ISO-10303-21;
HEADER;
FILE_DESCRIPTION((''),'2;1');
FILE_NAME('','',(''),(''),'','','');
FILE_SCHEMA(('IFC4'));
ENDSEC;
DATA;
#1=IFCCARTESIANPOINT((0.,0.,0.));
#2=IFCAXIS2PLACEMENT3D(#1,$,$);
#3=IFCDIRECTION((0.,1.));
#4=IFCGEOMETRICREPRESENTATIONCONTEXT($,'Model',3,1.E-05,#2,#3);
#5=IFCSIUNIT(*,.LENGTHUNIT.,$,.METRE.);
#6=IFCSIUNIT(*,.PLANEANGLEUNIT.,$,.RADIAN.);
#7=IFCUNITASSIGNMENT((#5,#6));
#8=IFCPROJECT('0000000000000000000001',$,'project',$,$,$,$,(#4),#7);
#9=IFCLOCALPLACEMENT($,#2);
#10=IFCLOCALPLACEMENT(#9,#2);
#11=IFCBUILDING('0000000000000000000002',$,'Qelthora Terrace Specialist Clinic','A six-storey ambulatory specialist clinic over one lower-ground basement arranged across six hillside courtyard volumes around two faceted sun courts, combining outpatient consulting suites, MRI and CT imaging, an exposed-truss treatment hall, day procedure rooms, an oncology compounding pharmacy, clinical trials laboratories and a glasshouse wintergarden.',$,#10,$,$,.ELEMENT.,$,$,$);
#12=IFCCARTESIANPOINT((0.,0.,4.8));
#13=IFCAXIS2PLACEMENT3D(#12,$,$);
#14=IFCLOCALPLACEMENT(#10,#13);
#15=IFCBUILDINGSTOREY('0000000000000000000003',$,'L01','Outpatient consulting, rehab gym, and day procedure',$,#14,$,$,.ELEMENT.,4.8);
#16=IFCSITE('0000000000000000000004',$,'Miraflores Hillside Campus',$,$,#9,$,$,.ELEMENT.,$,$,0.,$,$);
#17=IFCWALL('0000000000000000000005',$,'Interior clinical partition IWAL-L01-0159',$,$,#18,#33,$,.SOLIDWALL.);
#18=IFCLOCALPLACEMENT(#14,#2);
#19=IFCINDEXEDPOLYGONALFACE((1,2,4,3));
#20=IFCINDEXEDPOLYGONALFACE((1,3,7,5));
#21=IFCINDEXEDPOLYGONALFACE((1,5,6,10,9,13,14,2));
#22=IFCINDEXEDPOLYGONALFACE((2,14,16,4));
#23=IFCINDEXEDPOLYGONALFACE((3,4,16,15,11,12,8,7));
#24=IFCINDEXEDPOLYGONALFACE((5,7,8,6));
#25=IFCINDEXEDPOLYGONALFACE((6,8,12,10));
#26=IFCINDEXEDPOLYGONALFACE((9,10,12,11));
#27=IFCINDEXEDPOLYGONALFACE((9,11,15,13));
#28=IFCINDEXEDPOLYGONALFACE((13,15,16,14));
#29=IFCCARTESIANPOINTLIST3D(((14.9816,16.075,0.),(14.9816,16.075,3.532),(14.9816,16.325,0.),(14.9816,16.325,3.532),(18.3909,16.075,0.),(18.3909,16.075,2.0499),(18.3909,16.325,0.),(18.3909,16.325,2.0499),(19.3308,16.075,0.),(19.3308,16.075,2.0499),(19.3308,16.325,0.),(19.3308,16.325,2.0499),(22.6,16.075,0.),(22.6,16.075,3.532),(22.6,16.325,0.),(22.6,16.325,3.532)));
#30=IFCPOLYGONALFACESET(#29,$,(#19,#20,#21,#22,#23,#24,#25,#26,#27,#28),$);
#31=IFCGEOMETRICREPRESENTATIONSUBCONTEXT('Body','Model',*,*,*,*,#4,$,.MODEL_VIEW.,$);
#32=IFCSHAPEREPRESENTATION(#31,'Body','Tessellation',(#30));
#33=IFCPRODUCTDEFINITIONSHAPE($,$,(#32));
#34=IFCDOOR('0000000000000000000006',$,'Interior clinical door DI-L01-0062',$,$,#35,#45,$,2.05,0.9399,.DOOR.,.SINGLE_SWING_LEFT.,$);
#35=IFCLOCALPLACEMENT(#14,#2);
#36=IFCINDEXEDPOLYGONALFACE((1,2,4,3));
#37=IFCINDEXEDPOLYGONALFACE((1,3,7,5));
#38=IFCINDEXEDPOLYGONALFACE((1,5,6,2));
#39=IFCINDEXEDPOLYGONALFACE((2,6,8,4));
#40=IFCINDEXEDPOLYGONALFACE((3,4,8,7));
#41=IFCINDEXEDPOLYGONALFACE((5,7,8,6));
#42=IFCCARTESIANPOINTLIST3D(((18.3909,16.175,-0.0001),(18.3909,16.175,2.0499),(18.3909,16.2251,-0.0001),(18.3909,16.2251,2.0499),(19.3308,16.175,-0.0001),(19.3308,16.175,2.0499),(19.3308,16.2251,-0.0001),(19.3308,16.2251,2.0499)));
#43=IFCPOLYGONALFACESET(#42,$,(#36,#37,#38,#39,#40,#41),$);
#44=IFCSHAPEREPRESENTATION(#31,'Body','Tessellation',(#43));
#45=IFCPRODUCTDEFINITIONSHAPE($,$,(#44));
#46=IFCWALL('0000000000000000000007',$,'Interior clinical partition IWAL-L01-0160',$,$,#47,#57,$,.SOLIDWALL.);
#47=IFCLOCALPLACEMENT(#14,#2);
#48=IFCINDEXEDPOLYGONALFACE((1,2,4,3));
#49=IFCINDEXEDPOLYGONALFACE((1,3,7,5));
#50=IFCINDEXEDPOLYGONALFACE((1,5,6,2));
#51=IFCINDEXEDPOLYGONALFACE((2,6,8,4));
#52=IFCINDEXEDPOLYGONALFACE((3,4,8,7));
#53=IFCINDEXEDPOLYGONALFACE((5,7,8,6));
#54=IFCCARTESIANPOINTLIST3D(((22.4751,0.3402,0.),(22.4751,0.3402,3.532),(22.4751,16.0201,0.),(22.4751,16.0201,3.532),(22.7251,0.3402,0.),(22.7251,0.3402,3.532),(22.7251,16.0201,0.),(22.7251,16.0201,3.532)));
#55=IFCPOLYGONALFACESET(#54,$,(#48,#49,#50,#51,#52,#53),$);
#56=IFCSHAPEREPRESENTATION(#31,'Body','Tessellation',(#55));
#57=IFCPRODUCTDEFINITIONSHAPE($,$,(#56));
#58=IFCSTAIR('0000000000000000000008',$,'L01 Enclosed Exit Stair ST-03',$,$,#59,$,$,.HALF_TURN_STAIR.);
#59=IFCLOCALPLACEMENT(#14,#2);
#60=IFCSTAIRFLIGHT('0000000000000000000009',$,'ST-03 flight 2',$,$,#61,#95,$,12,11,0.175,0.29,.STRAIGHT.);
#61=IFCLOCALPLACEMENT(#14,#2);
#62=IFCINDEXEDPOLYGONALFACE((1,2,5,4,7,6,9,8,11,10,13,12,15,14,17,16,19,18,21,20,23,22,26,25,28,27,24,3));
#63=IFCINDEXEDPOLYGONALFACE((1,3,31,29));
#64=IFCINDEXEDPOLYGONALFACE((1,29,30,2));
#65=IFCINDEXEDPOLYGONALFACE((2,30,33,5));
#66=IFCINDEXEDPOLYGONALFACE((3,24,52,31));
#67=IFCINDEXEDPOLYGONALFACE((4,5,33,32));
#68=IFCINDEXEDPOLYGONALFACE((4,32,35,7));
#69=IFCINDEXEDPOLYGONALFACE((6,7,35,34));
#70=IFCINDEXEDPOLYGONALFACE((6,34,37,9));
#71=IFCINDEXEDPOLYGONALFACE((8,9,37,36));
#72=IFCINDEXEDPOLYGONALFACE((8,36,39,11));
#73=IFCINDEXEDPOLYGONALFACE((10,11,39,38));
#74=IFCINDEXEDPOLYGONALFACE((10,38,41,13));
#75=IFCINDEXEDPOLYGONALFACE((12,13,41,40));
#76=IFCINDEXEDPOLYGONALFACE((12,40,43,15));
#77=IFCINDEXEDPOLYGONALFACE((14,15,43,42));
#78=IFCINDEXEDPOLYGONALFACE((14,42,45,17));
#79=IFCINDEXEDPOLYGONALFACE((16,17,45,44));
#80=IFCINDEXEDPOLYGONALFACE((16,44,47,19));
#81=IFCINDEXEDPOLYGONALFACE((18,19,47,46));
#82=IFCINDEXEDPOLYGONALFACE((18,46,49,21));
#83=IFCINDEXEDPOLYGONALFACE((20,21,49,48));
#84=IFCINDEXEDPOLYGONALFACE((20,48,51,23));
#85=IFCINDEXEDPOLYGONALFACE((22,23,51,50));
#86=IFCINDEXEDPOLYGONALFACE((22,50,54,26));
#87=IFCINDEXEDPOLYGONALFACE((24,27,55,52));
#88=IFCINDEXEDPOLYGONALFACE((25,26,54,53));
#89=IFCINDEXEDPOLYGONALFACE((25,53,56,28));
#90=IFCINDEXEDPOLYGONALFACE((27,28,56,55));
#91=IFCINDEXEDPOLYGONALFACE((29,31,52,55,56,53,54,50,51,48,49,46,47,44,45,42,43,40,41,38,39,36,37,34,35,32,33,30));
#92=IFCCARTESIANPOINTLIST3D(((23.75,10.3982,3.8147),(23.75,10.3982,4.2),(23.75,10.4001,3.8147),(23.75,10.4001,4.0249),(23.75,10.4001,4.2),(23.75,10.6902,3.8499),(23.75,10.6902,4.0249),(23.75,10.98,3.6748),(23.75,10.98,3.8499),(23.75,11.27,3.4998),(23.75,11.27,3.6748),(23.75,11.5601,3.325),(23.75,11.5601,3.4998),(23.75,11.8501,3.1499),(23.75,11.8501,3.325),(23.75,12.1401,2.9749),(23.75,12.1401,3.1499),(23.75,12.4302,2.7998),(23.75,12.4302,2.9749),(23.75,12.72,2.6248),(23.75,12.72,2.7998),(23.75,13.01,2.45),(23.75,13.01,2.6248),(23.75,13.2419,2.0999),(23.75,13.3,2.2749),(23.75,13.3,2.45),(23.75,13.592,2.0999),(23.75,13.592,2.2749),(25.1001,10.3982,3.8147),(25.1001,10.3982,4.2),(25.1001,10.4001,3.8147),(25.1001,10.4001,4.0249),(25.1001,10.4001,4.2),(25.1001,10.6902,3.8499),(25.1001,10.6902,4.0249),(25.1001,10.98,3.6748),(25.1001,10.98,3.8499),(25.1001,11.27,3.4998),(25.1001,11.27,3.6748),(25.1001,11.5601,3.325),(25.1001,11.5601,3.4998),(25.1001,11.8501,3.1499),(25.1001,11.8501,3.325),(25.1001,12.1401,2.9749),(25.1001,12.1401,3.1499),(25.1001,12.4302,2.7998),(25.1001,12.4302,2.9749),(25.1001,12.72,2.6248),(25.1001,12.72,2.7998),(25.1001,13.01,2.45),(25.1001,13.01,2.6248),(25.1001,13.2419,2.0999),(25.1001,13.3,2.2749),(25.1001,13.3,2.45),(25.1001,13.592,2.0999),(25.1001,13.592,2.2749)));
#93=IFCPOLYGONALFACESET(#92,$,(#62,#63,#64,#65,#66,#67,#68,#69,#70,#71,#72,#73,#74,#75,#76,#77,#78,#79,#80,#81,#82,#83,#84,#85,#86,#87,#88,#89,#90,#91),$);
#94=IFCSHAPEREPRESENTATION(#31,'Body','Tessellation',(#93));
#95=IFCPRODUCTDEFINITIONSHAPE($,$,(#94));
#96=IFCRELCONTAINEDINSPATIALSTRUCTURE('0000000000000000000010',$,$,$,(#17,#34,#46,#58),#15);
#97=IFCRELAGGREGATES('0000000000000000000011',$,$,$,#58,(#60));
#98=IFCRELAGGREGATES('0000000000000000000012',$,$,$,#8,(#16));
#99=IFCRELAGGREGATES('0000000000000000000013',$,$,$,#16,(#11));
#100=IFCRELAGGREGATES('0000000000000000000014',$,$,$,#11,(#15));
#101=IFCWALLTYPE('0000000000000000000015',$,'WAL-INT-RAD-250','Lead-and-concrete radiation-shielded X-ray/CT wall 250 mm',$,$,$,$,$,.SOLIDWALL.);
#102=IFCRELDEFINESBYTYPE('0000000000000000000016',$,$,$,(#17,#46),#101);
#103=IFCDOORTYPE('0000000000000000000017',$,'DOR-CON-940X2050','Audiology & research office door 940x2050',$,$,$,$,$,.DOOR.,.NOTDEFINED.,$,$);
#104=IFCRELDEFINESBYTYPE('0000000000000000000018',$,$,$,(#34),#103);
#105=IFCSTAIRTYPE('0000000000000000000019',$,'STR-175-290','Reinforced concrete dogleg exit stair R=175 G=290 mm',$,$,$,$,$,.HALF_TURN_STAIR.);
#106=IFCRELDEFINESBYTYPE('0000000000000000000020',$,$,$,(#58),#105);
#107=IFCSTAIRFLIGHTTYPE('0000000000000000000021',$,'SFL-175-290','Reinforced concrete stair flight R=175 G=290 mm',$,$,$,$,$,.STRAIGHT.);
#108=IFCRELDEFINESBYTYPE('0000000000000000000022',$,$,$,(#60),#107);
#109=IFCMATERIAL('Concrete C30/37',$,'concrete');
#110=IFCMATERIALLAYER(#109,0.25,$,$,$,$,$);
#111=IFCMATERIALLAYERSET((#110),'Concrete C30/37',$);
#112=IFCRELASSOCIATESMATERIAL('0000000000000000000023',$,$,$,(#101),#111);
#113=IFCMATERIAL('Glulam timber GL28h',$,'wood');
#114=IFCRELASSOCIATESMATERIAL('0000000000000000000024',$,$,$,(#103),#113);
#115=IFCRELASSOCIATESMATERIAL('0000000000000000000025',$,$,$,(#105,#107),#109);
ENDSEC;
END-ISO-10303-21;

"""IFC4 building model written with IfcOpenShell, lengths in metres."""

from ifc_helpers import new_model, si_unit, direction, frame, frame_2d, origin, place, context, subcontext, project, spatial, polyline, rectangle, outline, extrude, material, layer, layer_set, type_object, element, fill, aggregate, save


model = new_model("IFC4")

# Units and contexts
model_context = context("Model", 3, precision=1e-05, world=origin(), true_north=direction((0.0, 1.0)))
body_context = subcontext(model_context, "Body", "Model", "MODEL_VIEW")
ifc_project = project(units=[si_unit("LENGTHUNIT", "METRE"), si_unit("PLANEANGLEUNIT", "RADIAN")], contexts=[model_context])

# Site, building, storey
site_placement = place(None, origin())
site = spatial("IfcSite", under=ifc_project, at=site_placement, Name="Miraflores Hillside Campus", CompositionType="ELEMENT", RefElevation=0.0)
building_placement = place(site_placement, origin())
building = spatial("IfcBuilding", under=site, at=building_placement, Name="Qelthora Terrace Specialist Clinic", Description="A six-storey ambulatory specialist clinic over one lower-ground basement arranged across six hillside courtyard volumes around two faceted sun courts, combining outpatient consulting suites, MRI and CT imaging, an exposed-truss treatment hall, day procedure rooms, an oncology compounding pharmacy, clinical trials laboratories and a glasshouse wintergarden.", CompositionType="ELEMENT")
storey_placement = place(building_placement, frame((0.0, 0.0, 4.8)))
storey = spatial("IfcBuildingStorey", under=building, at=storey_placement, Name="L01", Description="Outpatient consulting, rehab gym, and day procedure", CompositionType="ELEMENT", Elevation=4.8)

# Shared definitions
ifc_material_1 = material(Name="Concrete C30/37", Category="concrete")
ifc_layer_1 = layer(ifc_material_1, 0.25)
ifc_layer_set_1 = layer_set([ifc_layer_1], Name="Concrete C30/37")
wall_type_1 = type_object("IfcWallType", Name="WAL-INT-RAD-250", Description="Lead-and-concrete radiation-shielded X-ray/CT wall 250 mm", PredefinedType="SOLIDWALL", material=ifc_layer_set_1)

# Shared definitions
ifc_material_2 = material(Name="Glulam timber GL28h", Category="wood")

# Wall, opening, door
wall_1_placement = place(storey_placement, frame((14.9817, 16.2, 0.0), z_axis=(0.0, 0.0, 1.0), x_axis=(1.0, 0.0, 0.0)))
wall_1 = element("IfcWall", 1, at=wall_1_placement, inside=storey, type_object=wall_type_1, Name="Interior clinical partition IWAL-L01-0159", PredefinedType="SOLIDWALL", context=body_context, shape_type="SweptSolid", body=[
    extrude(rectangle(XDim=7.6184, YDim=0.25, at=frame_2d((3.8091, 0.0))), origin(), (0.0, 0.0, 1.0), 3.532),
])
opening_1_placement = place(wall_1_placement, frame((3.4092, 0.0, 0.0)))
opening_1 = element("IfcOpeningElement", 2, at=opening_1_placement, cuts=wall_1, PredefinedType="OPENING", context=body_context, shape_type="SweptSolid", body=[
    extrude(rectangle(XDim=0.9399, YDim=2.05, at=frame_2d((0.47, 1.0249))), frame((0.0, 0.135, 0.0), z_axis=(0.0, -1.0, 0.0), x_axis=(1.0, 0.0, 0.0)), (0.0, 0.0, 1.0), 0.27),
])
door_type_1 = type_object("IfcDoorType", Name="DOR-CON-940X2050", Description="Audiology & research office door 940x2050", OperationType="NOTDEFINED", PredefinedType="DOOR", material=ifc_material_2)
door_1_placement = place(opening_1_placement, frame((0.9399, 0.0, 0.0), z_axis=(0.0, 0.0, 1.0), x_axis=(-1.0, 0.0, 0.0)))
door_1 = element("IfcDoor", 3, at=door_1_placement, inside=storey, type_object=door_type_1, Name="Interior clinical door DI-L01-0062", OperationType="SINGLE_SWING_LEFT", OverallHeight=2.05, OverallWidth=0.9399, PredefinedType="DOOR", context=body_context, shape_type="SweptSolid", body=[
    extrude(rectangle(XDim=0.9399, YDim=2.05, at=frame_2d((0.47, 1.0249))), frame((0.0, 0.0249, 0.0), z_axis=(0.0, -1.0, 0.0), x_axis=(1.0, 0.0, 0.0)), (0.0, 0.0, 1.0), 0.05),
])
fill(opening_1, door_1)

# Wall
wall_2_placement = place(storey_placement, frame((22.6001, 16.02, 0.0), z_axis=(0.0, 0.0, 1.0), x_axis=(0.0, -1.0, 0.0)))
element("IfcWall", 4, at=wall_2_placement, inside=storey, type_object=wall_type_1, Name="Interior clinical partition IWAL-L01-0160", PredefinedType="SOLIDWALL", context=body_context, shape_type="SweptSolid", body=[
    extrude(rectangle(XDim=15.6799, YDim=0.25, at=frame_2d((7.8398, 0.0))), origin(), (0.0, 0.0, 1.0), 3.532),
])

# Stair, stair flight
stair_type = type_object("IfcStairType", Name="STR-175-290", Description="Reinforced concrete dogleg exit stair R=175 G=290 mm", PredefinedType="HALF_TURN_STAIR", material=ifc_material_1)
stair_placement = place(storey_placement, origin())
stair = element("IfcStair", 5, at=stair_placement, inside=storey, type_object=stair_type, Name="L01 Enclosed Exit Stair ST-03", PredefinedType="HALF_TURN_STAIR")
stair_flight_type = type_object("IfcStairFlightType", Name="SFL-175-290", Description="Reinforced concrete stair flight R=175 G=290 mm", PredefinedType="STRAIGHT", material=ifc_material_1)
stair_flight_placement = place(storey_placement, frame((24.425, 13.5901, 2.0999), z_axis=(0.0, 0.0, 1.0), x_axis=(0.0, -1.0, 0.0)))
stair_flight = element("IfcStairFlight", 6, at=stair_flight_placement, type_object=stair_flight_type, Name="ST-03 flight 2", NumberOfRisers=12, NumberOfTreads=11, PredefinedType="STRAIGHT", RiserHeight=0.175, TreadLength=0.29, context=body_context, shape_type="SweptSolid", body=[
    extrude(outline(polyline([(-0.002, 0.0), (-0.002, 0.175), (0.29, 0.175), (0.29, 0.3501), (0.5801, 0.3501), (0.5801, 0.5249), (0.8701, 0.5249), (0.8701, 0.7), (1.1599, 0.7), (1.1599, 0.875), (1.45, 0.875), (1.45, 1.05), (1.74, 1.05), (1.74, 1.2251), (2.03, 1.2251), (2.03, 1.3999), (2.3201, 1.3999), (2.3201, 1.575), (2.6101, 1.575), (2.6101, 1.75), (2.8999, 1.75), (2.8999, 1.925), (3.1899, 1.925), (3.1899, 2.1001), (3.1919, 2.1001), (3.1919, 1.7148), (3.1899, 1.7148), (0.3481, 0.0), (-0.002, 0.0)])), frame((0.0, 0.675, 0.0), z_axis=(0.0, -1.0, 0.0), x_axis=(1.0, 0.0, 0.0)), (0.0, 0.0, 1.0), 1.3501),
])
aggregate(stair, [stair_flight])

save(model, "model.ifc")
